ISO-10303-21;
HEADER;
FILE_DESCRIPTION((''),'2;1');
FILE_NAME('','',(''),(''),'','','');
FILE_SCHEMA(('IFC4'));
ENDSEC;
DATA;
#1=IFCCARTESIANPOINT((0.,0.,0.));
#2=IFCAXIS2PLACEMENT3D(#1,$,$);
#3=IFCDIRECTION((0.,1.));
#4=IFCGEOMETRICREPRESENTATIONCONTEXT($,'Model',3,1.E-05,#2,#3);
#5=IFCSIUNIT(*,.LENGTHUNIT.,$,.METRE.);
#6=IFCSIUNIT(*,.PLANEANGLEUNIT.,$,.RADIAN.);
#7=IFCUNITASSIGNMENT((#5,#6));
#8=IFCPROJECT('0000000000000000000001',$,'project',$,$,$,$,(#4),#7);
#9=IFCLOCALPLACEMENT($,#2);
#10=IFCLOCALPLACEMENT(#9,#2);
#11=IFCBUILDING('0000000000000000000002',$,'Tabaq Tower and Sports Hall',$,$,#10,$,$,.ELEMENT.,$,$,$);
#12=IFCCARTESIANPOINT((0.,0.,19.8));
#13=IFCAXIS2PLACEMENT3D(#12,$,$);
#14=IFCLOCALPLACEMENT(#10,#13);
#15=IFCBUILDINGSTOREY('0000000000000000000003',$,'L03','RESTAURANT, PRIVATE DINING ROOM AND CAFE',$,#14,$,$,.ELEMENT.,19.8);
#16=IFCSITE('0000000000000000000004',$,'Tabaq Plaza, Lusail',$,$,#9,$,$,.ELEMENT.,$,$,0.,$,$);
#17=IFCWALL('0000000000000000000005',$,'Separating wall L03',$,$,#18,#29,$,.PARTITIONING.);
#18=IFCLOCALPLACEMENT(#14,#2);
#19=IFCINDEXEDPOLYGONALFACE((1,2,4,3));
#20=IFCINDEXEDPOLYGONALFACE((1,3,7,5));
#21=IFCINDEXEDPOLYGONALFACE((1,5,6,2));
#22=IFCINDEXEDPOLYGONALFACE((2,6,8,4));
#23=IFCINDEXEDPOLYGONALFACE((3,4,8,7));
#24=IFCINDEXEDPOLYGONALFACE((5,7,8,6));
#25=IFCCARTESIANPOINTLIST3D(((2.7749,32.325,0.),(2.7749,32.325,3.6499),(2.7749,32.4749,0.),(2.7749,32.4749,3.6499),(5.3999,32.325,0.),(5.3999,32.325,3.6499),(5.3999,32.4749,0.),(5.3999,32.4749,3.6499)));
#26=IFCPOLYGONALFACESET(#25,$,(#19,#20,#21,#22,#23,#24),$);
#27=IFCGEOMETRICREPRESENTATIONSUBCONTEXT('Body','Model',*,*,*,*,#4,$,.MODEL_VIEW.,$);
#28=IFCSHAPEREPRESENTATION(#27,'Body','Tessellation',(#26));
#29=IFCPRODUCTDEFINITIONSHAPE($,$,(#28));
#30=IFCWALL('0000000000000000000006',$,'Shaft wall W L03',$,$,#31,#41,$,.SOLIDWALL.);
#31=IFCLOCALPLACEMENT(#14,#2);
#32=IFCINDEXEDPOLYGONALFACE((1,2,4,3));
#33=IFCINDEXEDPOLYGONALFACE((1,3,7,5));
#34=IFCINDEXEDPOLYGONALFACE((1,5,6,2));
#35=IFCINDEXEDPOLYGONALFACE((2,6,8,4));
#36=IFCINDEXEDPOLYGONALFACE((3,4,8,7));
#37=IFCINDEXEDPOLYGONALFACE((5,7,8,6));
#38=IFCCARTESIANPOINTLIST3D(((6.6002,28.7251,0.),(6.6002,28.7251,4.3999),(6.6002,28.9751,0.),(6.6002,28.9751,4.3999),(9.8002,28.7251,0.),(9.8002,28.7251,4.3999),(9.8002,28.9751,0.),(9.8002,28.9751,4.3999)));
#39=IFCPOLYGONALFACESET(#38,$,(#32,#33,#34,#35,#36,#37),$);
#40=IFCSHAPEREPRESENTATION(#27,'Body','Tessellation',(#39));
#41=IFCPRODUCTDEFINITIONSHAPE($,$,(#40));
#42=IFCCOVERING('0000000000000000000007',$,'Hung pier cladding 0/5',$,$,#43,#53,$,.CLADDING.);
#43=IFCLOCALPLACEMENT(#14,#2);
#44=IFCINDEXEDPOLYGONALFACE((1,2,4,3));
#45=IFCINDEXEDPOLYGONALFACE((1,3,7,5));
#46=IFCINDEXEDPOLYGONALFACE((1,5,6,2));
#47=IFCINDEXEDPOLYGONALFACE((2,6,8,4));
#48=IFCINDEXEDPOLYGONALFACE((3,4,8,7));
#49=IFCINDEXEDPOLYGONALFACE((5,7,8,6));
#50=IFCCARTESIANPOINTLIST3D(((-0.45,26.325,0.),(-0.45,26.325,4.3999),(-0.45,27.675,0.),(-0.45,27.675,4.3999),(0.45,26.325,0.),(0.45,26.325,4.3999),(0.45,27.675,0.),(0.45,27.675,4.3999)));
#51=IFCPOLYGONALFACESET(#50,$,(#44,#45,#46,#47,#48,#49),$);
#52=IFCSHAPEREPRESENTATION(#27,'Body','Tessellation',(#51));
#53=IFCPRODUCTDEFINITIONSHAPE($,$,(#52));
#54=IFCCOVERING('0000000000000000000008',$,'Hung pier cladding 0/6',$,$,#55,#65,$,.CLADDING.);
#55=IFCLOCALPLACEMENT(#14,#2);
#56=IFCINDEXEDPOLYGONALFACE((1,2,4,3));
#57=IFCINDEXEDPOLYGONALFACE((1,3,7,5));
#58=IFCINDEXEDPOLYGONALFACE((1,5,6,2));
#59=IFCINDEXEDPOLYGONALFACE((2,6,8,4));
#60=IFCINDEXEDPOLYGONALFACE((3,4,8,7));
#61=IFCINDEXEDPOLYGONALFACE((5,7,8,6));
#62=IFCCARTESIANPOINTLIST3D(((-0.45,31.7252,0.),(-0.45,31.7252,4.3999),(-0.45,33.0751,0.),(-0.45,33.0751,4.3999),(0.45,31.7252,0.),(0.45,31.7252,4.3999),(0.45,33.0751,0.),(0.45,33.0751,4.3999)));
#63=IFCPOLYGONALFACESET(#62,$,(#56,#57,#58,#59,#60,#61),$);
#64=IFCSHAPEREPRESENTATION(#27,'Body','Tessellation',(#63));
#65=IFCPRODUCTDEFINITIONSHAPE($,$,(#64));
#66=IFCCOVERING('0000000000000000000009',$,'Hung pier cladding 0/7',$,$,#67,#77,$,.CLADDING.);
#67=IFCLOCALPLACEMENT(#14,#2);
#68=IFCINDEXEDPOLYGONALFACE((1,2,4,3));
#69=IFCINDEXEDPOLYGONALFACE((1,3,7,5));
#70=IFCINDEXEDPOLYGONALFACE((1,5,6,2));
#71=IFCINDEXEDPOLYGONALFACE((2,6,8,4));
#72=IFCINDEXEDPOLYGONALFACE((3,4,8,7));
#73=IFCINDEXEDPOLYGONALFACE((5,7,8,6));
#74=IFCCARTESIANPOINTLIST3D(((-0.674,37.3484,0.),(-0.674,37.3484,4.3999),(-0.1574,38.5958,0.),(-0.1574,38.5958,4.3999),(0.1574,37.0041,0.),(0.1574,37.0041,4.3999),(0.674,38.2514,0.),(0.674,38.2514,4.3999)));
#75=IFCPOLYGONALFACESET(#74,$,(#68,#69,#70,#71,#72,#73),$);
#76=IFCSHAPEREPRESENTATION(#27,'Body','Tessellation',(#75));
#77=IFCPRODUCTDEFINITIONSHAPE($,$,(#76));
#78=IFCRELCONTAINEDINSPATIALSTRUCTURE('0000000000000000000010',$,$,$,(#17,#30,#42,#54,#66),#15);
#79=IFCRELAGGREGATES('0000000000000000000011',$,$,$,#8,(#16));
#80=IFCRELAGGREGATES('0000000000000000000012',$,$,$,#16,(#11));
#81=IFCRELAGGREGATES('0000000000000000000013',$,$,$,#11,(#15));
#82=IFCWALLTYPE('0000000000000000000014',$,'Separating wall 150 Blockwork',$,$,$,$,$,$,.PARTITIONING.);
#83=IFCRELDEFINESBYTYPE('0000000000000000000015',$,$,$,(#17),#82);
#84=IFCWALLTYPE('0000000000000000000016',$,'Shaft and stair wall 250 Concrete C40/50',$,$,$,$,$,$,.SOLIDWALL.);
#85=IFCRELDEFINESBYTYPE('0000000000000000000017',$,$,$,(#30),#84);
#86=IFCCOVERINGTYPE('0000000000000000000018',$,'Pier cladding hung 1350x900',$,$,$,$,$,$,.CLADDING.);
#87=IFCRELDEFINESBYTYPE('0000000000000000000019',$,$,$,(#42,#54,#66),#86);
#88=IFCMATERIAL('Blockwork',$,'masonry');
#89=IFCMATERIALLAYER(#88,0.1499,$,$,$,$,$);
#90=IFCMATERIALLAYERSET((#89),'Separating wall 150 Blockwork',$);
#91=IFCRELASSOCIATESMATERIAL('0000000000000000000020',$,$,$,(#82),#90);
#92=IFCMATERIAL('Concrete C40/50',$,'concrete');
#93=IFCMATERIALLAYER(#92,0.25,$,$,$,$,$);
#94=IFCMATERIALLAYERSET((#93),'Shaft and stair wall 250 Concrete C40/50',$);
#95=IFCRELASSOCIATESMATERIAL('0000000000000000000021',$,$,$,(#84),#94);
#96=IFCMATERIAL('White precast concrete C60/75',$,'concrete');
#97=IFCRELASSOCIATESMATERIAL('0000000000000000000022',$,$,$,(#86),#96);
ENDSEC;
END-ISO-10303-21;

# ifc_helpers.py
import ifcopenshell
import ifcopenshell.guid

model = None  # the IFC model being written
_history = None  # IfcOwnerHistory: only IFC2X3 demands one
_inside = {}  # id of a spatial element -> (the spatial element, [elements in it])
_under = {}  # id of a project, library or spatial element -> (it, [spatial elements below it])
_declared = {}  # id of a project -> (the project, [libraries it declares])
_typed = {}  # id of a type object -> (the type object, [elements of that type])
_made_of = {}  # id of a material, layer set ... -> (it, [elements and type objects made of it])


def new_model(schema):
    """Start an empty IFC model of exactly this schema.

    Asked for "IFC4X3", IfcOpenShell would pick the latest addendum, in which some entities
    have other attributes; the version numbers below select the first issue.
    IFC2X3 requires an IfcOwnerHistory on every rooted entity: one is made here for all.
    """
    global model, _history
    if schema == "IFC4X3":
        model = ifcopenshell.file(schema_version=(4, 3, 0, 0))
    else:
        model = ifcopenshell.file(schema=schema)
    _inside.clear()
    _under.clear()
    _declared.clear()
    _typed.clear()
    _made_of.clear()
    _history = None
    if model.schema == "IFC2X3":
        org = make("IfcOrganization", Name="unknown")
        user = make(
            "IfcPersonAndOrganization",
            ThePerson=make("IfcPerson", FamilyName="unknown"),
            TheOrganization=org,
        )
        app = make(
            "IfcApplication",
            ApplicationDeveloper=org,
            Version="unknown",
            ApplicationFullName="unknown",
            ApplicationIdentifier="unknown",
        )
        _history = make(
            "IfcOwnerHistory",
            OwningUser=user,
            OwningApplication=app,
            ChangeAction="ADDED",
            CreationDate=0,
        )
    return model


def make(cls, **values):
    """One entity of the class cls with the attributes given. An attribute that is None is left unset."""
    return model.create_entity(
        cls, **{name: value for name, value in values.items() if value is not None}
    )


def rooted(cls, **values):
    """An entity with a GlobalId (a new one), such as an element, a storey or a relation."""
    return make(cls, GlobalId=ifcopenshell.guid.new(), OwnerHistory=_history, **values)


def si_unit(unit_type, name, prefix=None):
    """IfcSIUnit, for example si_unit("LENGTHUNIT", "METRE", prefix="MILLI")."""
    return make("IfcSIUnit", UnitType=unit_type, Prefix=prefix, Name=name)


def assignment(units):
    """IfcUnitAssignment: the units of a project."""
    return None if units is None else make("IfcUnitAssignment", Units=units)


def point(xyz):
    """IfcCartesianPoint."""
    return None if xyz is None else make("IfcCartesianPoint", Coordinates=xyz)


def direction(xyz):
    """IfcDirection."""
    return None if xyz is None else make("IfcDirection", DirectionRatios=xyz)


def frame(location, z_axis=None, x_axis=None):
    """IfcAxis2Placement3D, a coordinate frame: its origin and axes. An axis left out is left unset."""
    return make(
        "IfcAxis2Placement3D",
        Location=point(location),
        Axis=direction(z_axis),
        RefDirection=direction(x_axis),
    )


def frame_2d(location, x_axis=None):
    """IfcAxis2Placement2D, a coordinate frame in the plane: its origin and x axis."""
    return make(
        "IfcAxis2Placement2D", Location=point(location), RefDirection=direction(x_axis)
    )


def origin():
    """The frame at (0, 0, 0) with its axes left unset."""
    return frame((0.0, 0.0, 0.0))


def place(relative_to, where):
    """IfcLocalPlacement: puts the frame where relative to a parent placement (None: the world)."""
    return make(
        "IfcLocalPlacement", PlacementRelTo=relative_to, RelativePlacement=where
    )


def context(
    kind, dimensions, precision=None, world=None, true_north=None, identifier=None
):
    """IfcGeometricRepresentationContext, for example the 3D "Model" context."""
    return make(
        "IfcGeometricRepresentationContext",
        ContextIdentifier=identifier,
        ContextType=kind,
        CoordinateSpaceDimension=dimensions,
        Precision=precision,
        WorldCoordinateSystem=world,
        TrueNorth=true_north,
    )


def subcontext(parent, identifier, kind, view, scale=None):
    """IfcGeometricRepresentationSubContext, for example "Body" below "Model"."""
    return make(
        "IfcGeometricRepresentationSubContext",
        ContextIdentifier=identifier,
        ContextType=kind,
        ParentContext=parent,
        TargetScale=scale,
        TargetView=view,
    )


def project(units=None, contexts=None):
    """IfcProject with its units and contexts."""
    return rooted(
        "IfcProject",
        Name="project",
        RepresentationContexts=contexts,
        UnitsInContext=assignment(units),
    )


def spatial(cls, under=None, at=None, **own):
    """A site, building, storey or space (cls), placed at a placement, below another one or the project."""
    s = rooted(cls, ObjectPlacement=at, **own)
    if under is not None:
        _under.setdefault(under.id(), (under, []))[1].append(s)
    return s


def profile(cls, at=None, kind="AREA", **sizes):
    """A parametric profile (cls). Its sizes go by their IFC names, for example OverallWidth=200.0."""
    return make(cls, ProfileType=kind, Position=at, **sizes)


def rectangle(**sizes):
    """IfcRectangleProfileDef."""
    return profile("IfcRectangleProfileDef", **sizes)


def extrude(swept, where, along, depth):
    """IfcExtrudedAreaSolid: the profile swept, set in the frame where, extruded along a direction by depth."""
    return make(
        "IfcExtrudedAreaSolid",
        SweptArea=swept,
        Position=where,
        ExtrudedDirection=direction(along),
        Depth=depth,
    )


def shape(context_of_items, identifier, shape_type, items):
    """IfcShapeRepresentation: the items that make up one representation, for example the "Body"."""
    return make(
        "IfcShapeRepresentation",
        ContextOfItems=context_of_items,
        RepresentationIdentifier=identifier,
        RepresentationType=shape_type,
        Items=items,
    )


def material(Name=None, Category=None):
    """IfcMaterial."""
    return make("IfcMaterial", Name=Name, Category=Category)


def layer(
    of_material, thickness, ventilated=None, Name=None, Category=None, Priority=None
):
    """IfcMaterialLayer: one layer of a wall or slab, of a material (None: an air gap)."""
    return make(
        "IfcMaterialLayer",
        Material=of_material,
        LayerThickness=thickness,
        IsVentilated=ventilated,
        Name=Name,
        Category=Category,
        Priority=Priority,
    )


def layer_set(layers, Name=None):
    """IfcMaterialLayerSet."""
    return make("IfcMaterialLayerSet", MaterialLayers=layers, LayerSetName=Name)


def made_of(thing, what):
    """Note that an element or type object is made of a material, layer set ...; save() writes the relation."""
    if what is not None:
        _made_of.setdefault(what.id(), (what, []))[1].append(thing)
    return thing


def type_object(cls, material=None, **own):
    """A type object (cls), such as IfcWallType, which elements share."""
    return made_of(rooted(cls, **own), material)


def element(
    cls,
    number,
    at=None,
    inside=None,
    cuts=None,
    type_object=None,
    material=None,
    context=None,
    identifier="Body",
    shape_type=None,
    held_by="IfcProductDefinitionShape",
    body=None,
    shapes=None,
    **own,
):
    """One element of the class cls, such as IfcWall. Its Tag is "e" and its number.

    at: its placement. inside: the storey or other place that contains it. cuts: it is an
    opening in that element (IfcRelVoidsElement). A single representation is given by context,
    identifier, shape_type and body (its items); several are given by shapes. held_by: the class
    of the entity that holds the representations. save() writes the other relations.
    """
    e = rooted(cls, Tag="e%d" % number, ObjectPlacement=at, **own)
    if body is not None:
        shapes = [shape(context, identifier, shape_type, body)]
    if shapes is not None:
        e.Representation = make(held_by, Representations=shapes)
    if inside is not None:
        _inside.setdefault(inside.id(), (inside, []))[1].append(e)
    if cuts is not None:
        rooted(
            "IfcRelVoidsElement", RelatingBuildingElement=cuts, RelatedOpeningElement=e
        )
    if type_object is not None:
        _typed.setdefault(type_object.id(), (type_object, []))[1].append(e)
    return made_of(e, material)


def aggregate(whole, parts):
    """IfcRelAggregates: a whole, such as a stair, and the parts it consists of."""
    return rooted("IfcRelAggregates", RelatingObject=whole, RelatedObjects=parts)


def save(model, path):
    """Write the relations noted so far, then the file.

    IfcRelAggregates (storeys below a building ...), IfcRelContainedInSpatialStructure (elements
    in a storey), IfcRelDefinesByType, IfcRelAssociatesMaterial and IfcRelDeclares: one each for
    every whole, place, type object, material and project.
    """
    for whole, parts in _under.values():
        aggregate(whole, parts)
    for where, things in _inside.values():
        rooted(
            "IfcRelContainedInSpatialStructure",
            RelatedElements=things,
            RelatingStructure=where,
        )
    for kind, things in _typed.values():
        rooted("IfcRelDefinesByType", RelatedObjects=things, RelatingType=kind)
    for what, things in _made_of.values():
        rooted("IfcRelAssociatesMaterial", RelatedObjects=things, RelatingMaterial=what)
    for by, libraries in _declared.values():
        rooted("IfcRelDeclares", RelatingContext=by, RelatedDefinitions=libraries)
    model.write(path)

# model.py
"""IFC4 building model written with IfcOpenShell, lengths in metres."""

from ifc_helpers import new_model, si_unit, direction, frame, frame_2d, origin, place, context, subcontext, project, spatial, rectangle, extrude, material, layer, layer_set, type_object, element, save


model = new_model("IFC4")

# Units and contexts
model_context = context("Model", 3, precision=1e-05, world=origin(), true_north=direction((0.0, 1.0)))
body_context = subcontext(model_context, "Body", "Model", "MODEL_VIEW")
ifc_project = project(units=[si_unit("LENGTHUNIT", "METRE"), si_unit("PLANEANGLEUNIT", "RADIAN")], contexts=[model_context])

# Site, building, storey
site_placement = place(None, origin())
site = spatial("IfcSite", under=ifc_project, at=site_placement, Name="Tabaq Plaza, Lusail", CompositionType="ELEMENT", RefElevation=0.0)
building_placement = place(site_placement, origin())
building = spatial("IfcBuilding", under=site, at=building_placement, Name="Tabaq Tower and Sports Hall", CompositionType="ELEMENT")
storey_placement = place(building_placement, frame((0.0, 0.0, 19.8)))
storey = spatial("IfcBuildingStorey", under=building, at=storey_placement, Name="L03", Description="RESTAURANT, PRIVATE DINING ROOM AND CAFE", CompositionType="ELEMENT", Elevation=19.8)

# Walls
ifc_material_1 = material(Name="Blockwork", Category="masonry")
ifc_layer_1 = layer(ifc_material_1, 0.1499)
ifc_layer_set_1 = layer_set([ifc_layer_1], Name="Separating wall 150 Blockwork")
wall_type_1 = type_object("IfcWallType", Name="Separating wall 150 Blockwork", PredefinedType="PARTITIONING", material=ifc_layer_set_1)
wall_1_placement = place(storey_placement, frame((2.7749, 32.3999, 0.0), z_axis=(0.0, 0.0, 1.0), x_axis=(1.0, 0.0, 0.0)))
element("IfcWall", 1, at=wall_1_placement, inside=storey, type_object=wall_type_1, Name="Separating wall L03", PredefinedType="PARTITIONING", context=body_context, shape_type="SweptSolid", body=[
    extrude(rectangle(XDim=2.625, YDim=0.1499, at=frame_2d((1.3125, 0.0))), origin(), (0.0, 0.0, 1.0), 3.6499),
])
ifc_material_2 = material(Name="Concrete C40/50", Category="concrete")
ifc_layer_2 = layer(ifc_material_2, 0.25)
ifc_layer_set_2 = layer_set([ifc_layer_2], Name="Shaft and stair wall 250 Concrete C40/50")
wall_type_2 = type_object("IfcWallType", Name="Shaft and stair wall 250 Concrete C40/50", PredefinedType="SOLIDWALL", material=ifc_layer_set_2)
wall_2_placement = place(storey_placement, frame((6.6001, 28.8501, 0.0), z_axis=(0.0, 0.0, 1.0), x_axis=(1.0, 0.0, 0.0)))
element("IfcWall", 2, at=wall_2_placement, inside=storey, type_object=wall_type_2, Name="Shaft wall W L03", PredefinedType="SOLIDWALL", context=body_context, shape_type="SweptSolid", body=[
    extrude(rectangle(XDim=3.2, YDim=0.25, at=frame_2d((1.6001, 0.0))), origin(), (0.0, 0.0, 1.0), 4.3999),
])

# Coverings
ifc_material_3 = material(Name="White precast concrete C60/75", Category="concrete")
covering_type = type_object("IfcCoveringType", Name="Pier cladding hung 1350x900", PredefinedType="CLADDING", material=ifc_material_3)
covering_1_placement = place(storey_placement, frame((0.0, 27.675, 0.0), z_axis=(0.0, 0.0, 1.0), x_axis=(0.0, -1.0, 0.0)))
element("IfcCovering", 3, at=covering_1_placement, inside=storey, type_object=covering_type, Name="Hung pier cladding 0/5", PredefinedType="CLADDING", context=body_context, shape_type="SweptSolid", body=[
    extrude(rectangle(XDim=1.3501, YDim=0.8999, at=frame_2d((0.675, 0.0))), origin(), (0.0, 0.0, 1.0), 4.3999),
])
covering_2_placement = place(storey_placement, frame((0.0, 33.075, 0.0), z_axis=(0.0, 0.0, 1.0), x_axis=(0.0, -1.0, 0.0)))
element("IfcCovering", 4, at=covering_2_placement, inside=storey, type_object=covering_type, Name="Hung pier cladding 0/6", PredefinedType="CLADDING", context=body_context, shape_type="SweptSolid", body=[
    extrude(rectangle(XDim=1.3499, YDim=0.8999, at=frame_2d((0.6748, 0.0))), origin(), (0.0, 0.0, 1.0), 4.3999),
])
covering_3_placement = place(storey_placement, frame((0.2583, 38.4236, 0.0), z_axis=(0.0, 0.0, 1.0), x_axis=(-0.38265, -0.923893, 0.0)))
element("IfcCovering", 5, at=covering_3_placement, inside=storey, type_object=covering_type, Name="Hung pier cladding 0/7", PredefinedType="CLADDING", context=body_context, shape_type="SweptSolid", body=[
    extrude(rectangle(XDim=1.3501, YDim=0.8999, at=frame_2d((0.675, 0.0))), origin(), (0.0, 0.0, 1.0), 4.3999),
])

save(model, "model.ifc")
